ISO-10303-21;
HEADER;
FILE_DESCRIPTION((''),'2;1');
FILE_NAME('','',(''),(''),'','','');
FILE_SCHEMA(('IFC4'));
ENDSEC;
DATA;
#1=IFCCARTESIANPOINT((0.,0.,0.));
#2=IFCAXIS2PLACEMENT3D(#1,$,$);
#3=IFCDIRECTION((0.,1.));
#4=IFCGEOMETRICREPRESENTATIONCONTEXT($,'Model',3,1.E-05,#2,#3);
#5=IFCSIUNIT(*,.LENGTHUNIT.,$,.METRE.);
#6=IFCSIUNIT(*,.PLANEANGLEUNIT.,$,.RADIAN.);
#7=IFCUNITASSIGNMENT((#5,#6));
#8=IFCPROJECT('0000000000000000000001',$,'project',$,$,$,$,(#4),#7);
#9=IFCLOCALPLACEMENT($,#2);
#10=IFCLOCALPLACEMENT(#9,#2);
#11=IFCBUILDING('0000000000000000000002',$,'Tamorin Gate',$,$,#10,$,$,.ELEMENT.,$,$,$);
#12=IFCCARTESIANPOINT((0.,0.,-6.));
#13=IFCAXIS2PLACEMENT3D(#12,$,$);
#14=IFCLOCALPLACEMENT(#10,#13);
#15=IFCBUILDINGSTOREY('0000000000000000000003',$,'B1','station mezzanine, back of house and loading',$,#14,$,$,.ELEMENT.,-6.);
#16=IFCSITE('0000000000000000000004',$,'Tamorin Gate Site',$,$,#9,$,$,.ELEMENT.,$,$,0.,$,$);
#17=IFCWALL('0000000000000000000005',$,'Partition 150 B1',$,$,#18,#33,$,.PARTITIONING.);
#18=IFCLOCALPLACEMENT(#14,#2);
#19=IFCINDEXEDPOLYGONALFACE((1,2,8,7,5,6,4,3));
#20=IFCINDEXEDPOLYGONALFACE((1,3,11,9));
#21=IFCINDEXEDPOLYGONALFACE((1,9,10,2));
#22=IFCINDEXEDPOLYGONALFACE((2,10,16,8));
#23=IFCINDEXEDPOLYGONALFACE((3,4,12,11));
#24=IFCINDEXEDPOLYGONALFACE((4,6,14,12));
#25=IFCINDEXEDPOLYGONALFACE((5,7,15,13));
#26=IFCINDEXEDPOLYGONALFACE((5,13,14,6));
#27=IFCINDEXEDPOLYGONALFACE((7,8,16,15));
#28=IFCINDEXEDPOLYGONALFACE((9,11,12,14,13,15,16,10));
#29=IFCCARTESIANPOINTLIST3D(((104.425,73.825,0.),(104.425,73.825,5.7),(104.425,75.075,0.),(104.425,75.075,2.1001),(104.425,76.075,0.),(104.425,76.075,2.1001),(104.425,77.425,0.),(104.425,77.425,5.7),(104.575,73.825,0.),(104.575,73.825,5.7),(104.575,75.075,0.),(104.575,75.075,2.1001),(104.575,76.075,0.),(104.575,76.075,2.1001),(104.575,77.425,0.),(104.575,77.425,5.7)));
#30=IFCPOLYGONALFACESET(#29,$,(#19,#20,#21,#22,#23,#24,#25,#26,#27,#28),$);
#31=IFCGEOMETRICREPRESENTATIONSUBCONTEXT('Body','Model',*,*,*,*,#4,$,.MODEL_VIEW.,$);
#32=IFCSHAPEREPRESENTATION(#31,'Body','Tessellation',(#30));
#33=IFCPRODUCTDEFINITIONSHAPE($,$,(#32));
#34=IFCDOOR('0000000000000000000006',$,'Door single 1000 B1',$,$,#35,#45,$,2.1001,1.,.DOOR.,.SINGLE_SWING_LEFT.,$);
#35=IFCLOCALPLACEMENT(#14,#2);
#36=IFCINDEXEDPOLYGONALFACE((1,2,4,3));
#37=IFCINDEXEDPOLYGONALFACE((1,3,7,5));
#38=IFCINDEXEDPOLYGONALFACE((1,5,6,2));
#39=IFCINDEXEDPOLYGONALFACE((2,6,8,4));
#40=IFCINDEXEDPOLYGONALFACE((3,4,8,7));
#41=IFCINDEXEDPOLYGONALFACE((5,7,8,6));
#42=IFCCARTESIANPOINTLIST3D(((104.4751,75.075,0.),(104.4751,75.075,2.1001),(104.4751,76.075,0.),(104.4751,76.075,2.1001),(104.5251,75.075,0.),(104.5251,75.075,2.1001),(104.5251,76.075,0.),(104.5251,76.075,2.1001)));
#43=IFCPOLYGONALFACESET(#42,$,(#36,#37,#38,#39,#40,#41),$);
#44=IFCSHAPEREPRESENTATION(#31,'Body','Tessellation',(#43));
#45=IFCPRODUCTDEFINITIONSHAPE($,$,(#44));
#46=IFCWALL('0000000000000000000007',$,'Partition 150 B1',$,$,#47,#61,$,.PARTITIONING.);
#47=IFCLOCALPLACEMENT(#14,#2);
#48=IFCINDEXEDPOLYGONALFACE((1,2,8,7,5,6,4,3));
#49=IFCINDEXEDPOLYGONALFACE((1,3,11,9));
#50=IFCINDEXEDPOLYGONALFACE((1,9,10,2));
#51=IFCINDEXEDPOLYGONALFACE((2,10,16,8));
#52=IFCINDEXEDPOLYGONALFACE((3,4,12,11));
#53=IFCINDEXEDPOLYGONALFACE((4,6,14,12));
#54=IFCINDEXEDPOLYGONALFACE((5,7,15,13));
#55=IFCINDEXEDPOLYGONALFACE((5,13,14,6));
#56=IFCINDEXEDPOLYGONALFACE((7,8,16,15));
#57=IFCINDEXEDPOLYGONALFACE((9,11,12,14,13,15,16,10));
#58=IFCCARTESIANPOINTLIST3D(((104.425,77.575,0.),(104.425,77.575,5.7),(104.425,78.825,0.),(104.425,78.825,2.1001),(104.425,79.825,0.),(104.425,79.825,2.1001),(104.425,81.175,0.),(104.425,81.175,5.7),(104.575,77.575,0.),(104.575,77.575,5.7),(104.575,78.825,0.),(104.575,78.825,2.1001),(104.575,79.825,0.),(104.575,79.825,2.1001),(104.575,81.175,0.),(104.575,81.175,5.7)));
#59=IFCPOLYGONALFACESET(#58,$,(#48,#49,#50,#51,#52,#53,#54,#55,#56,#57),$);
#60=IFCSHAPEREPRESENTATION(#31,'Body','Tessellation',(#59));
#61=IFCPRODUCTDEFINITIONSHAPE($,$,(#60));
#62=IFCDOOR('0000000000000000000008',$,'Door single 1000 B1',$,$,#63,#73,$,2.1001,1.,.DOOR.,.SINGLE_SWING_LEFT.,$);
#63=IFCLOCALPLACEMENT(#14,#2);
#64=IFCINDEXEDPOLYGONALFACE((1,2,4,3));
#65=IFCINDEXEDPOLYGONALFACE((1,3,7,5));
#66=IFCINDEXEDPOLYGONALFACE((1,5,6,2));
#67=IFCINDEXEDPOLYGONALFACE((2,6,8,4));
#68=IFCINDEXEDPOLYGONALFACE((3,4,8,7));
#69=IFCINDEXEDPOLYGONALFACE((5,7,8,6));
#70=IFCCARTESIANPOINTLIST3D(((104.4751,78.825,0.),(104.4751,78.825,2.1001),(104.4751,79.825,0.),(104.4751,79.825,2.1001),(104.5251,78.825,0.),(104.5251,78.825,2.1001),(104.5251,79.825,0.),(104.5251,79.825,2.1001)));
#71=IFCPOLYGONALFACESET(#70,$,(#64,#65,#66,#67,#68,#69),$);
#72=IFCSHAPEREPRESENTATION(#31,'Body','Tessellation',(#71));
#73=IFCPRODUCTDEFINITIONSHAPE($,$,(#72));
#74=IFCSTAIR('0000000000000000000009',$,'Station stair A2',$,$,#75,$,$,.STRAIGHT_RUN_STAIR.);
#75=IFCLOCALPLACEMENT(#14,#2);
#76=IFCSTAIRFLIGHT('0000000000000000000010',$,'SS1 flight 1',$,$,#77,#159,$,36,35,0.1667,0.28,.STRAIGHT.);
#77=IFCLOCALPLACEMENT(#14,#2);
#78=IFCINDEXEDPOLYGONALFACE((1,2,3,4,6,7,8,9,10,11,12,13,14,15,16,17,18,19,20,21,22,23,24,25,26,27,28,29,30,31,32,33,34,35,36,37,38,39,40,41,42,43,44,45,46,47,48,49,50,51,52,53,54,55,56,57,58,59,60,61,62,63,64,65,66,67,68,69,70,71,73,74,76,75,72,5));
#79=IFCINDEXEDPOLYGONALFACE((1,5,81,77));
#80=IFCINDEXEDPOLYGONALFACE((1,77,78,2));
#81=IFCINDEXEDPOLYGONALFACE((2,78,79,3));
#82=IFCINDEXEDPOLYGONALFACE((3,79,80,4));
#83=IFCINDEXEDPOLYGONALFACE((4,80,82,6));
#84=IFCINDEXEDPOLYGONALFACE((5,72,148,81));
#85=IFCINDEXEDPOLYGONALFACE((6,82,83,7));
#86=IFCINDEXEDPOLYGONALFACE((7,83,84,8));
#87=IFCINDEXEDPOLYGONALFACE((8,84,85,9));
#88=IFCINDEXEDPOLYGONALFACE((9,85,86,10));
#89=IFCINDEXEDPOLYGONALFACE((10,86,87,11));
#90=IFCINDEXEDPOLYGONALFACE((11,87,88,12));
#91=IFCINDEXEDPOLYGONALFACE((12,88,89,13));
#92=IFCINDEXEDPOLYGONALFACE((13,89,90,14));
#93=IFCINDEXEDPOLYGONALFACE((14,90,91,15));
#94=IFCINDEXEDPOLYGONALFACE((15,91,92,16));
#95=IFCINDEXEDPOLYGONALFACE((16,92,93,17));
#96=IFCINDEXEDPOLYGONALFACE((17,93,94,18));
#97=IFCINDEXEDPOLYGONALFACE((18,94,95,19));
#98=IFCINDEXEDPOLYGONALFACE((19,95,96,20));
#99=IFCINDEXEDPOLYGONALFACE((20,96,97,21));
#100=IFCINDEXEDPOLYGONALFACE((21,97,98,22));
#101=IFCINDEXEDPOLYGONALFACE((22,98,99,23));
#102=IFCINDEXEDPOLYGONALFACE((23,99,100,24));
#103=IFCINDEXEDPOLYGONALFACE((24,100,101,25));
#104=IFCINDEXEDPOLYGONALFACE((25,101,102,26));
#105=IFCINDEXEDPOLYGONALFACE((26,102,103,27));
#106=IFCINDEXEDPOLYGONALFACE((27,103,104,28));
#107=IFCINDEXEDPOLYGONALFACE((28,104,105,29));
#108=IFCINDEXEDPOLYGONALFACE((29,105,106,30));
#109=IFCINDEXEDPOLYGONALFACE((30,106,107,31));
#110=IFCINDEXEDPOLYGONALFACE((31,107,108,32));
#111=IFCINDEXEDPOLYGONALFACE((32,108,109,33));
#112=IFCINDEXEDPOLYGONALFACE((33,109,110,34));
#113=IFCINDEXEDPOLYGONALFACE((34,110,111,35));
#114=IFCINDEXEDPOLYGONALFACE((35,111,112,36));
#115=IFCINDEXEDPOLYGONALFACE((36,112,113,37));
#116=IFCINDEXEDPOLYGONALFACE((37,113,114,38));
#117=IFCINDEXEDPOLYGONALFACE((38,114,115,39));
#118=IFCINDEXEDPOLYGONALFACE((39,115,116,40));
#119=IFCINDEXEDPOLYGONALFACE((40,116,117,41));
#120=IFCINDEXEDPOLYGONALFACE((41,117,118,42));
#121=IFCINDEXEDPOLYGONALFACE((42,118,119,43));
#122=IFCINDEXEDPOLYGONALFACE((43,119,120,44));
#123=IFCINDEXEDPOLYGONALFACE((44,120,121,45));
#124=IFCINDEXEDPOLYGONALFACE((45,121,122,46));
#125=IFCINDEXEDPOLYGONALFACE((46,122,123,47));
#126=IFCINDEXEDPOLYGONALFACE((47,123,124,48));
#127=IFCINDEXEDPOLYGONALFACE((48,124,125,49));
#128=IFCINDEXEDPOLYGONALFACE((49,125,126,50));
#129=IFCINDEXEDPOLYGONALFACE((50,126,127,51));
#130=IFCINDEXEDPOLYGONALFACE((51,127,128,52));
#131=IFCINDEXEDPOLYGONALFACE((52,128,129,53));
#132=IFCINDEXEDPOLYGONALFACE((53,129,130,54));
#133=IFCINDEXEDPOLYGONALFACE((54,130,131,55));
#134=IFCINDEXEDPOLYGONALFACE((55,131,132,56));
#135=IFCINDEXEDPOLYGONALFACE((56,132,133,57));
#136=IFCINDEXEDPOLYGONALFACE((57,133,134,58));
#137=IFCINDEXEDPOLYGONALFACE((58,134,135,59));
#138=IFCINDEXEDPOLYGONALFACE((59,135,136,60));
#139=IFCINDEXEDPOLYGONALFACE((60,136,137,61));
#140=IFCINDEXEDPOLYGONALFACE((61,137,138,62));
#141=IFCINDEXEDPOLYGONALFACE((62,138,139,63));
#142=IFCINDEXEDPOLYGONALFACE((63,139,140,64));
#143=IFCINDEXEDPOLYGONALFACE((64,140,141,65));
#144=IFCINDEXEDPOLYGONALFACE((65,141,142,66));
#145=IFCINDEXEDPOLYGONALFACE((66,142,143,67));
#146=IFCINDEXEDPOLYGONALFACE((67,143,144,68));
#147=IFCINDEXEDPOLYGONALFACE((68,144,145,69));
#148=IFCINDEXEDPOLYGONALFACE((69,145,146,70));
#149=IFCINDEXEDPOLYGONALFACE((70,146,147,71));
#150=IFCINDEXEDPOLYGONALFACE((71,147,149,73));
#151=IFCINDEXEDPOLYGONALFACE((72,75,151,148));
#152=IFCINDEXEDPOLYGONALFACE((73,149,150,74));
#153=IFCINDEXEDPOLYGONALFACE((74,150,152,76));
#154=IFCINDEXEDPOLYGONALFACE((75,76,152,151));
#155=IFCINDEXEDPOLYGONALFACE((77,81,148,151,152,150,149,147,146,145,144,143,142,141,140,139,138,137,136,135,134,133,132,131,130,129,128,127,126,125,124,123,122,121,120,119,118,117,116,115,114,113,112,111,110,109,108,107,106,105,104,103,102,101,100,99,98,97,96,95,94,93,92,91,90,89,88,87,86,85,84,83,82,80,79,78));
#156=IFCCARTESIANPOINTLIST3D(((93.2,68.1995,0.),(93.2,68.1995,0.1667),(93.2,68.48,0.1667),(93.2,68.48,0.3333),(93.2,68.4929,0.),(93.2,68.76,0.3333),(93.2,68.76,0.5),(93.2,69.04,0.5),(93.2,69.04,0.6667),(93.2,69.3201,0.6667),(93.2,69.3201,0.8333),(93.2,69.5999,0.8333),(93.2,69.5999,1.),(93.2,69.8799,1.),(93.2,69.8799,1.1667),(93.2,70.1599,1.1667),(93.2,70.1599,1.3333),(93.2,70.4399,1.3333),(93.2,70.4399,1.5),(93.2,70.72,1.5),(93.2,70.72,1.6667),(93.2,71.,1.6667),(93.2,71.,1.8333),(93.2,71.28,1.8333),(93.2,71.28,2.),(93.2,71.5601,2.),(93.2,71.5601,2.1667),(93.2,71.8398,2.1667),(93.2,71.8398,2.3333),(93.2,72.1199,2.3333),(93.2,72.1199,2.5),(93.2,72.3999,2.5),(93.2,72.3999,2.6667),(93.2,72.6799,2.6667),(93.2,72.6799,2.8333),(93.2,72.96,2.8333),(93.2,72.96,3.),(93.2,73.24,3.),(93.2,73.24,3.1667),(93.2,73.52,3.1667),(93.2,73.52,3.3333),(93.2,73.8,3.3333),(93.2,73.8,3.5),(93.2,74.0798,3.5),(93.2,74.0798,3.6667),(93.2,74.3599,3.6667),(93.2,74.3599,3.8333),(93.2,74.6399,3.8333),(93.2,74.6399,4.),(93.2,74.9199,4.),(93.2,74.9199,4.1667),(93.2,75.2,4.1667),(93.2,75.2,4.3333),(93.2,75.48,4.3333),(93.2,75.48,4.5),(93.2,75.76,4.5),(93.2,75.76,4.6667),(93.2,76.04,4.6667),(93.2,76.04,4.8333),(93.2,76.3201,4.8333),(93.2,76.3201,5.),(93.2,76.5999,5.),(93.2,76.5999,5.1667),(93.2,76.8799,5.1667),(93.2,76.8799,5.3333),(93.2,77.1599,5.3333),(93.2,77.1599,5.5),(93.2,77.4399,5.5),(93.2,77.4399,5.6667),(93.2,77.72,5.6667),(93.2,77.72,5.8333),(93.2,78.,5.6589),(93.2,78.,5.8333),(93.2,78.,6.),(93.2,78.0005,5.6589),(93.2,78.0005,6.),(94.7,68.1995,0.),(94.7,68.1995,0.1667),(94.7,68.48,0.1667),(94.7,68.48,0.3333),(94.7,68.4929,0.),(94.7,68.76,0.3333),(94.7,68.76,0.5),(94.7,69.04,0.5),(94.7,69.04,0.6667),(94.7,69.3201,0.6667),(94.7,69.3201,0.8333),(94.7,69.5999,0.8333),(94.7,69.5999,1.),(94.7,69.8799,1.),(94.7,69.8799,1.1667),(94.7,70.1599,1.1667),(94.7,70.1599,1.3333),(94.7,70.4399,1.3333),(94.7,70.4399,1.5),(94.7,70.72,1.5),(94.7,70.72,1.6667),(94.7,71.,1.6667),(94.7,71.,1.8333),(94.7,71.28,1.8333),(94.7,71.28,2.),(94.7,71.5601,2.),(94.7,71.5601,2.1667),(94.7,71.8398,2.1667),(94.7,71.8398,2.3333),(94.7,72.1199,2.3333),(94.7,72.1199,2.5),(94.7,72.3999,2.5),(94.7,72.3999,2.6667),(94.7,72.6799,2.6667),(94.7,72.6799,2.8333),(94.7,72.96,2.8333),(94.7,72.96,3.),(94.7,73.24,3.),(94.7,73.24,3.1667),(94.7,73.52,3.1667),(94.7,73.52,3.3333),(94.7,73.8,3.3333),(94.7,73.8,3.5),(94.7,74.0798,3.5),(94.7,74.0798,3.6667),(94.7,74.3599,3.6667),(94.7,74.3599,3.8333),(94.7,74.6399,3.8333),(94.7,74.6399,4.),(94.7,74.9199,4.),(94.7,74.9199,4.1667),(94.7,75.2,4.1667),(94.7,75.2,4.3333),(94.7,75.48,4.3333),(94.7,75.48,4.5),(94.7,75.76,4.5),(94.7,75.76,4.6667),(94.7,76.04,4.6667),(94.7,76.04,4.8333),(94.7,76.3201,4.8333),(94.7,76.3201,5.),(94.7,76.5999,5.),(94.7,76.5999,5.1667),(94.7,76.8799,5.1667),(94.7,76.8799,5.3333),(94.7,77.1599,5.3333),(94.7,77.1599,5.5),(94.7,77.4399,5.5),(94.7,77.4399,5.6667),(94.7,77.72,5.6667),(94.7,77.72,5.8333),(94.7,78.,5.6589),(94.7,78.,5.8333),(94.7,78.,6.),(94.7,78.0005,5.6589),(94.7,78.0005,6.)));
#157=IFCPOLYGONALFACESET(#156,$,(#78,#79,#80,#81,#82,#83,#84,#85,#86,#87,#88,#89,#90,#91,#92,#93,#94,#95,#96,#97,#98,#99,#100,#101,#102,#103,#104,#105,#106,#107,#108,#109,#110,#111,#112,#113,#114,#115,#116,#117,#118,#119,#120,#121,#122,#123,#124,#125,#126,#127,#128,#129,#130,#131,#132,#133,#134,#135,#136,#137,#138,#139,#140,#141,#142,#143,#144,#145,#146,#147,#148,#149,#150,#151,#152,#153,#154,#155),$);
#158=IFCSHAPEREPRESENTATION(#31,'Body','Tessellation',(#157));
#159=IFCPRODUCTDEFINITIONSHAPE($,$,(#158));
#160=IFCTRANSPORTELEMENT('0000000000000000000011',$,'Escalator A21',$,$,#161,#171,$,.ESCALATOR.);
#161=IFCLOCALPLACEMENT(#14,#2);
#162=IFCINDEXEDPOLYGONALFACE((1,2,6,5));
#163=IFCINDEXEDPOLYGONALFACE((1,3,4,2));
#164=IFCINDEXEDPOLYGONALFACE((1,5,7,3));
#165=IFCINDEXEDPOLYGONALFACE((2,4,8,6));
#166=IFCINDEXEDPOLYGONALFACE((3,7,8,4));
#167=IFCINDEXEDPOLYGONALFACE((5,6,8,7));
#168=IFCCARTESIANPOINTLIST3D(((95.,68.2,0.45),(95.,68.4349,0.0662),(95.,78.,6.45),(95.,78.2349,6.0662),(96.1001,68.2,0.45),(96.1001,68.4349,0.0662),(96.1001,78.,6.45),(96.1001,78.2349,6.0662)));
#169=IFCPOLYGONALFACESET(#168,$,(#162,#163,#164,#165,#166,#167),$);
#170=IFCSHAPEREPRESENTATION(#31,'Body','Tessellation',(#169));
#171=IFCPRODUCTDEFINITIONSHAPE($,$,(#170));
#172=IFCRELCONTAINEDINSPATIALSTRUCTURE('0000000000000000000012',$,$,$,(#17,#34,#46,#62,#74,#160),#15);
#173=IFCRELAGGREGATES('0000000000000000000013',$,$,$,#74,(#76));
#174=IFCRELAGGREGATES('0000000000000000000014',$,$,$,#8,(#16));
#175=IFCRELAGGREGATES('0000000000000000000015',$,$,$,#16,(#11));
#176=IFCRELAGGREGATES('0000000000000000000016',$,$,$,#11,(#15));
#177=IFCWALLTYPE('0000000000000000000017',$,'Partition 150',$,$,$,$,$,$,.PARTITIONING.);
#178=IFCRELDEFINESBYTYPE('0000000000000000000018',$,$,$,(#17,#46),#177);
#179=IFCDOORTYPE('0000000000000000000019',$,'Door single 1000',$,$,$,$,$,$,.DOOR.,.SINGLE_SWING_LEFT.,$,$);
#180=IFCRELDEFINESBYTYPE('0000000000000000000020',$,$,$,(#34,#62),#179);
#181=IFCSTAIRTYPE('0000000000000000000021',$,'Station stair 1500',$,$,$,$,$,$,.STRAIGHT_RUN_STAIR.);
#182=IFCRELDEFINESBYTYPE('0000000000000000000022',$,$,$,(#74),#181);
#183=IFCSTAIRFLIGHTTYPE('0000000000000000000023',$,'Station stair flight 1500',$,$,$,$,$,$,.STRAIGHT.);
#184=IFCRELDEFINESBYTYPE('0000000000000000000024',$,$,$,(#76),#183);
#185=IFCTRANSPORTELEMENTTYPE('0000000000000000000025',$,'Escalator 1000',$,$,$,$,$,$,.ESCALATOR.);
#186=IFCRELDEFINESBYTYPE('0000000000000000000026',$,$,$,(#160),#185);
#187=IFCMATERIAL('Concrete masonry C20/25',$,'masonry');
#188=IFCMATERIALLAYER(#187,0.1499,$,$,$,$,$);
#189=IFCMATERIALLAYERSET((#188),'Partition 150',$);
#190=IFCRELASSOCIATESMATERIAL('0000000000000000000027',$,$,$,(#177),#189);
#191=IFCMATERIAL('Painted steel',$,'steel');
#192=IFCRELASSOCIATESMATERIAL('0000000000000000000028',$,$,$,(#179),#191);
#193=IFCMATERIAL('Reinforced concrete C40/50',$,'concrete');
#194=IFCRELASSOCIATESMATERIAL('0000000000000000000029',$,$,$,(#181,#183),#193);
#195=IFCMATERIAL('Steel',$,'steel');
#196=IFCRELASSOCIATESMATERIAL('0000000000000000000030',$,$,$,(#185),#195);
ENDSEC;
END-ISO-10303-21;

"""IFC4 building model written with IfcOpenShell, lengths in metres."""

from ifc_helpers import new_model, si_unit, direction, frame, frame_2d, origin, place, context, subcontext, project, spatial, polyline, rectangle, outline, extrude, material, layer, layer_set, type_object, element, fill, aggregate, save


model = new_model("IFC4")

# Units and contexts
model_context = context("Model", 3, precision=1e-05, world=origin(), true_north=direction((0.0, 1.0)))
body_context = subcontext(model_context, "Body", "Model", "MODEL_VIEW")
ifc_project = project(units=[si_unit("LENGTHUNIT", "METRE"), si_unit("PLANEANGLEUNIT", "RADIAN")], contexts=[model_context])

# Site, building, storey
site_placement = place(None, origin())
site = spatial("IfcSite", under=ifc_project, at=site_placement, Name="Tamorin Gate Site", CompositionType="ELEMENT", RefElevation=0.0)
building_placement = place(site_placement, origin())
building = spatial("IfcBuilding", under=site, at=building_placement, Name="Tamorin Gate", CompositionType="ELEMENT")
storey_placement = place(building_placement, frame((0.0, 0.0, -6.0)))
storey = spatial("IfcBuildingStorey", under=building, at=storey_placement, Name="B1", Description="station mezzanine, back of house and loading", CompositionType="ELEMENT", Elevation=-6.0)

# Shared definitions
ifc_material_1 = material(Name="Concrete masonry C20/25", Category="masonry")
ifc_layer = layer(ifc_material_1, 0.1499)
ifc_layer_set = layer_set([ifc_layer], Name="Partition 150")
wall_type = type_object("IfcWallType", Name="Partition 150", PredefinedType="PARTITIONING", material=ifc_layer_set)

# Walls, openings, doors
ifc_material_2 = material(Name="Painted steel", Category="steel")
door_type = type_object("IfcDoorType", Name="Door single 1000", OperationType="SINGLE_SWING_LEFT", PredefinedType="DOOR", material=ifc_material_2)
wall_1_placement = place(storey_placement, frame((104.5, 73.825, 0.0), z_axis=(0.0, 0.0, 1.0), x_axis=(0.0, 1.0, 0.0)))
wall_1 = element("IfcWall", 1, at=wall_1_placement, inside=storey, type_object=wall_type, Name="Partition 150 B1", PredefinedType="PARTITIONING", context=body_context, shape_type="SweptSolid", body=[
    extrude(rectangle(XDim=3.6001, YDim=0.1499, at=frame_2d((1.8, 0.0))), origin(), (0.0, 0.0, 1.0), 5.7),
])
opening_1_placement = place(wall_1_placement, frame((1.25, 0.0, 0.0)))
opening_1 = element("IfcOpeningElement", 2, at=opening_1_placement, cuts=wall_1, PredefinedType="OPENING", context=body_context, shape_type="SweptSolid", body=[
    extrude(rectangle(XDim=1.0, YDim=2.1001, at=frame_2d((0.5, 1.05))), frame((0.0, 0.085, 0.0), z_axis=(0.0, -1.0, 0.0), x_axis=(1.0, 0.0, 0.0)), (0.0, 0.0, 1.0), 0.1699),
])
door_1_placement = place(opening_1_placement, origin())
door_1 = element("IfcDoor", 3, at=door_1_placement, inside=storey, type_object=door_type, Name="Door single 1000 B1", OperationType="SINGLE_SWING_LEFT", OverallHeight=2.1001, OverallWidth=1.0, PredefinedType="DOOR", context=body_context, shape_type="SweptSolid", body=[
    extrude(rectangle(XDim=1.0, YDim=2.1001, at=frame_2d((0.5, 1.05))), frame((0.0, 0.0249, 0.0), z_axis=(0.0, -1.0, 0.0), x_axis=(1.0, 0.0, 0.0)), (0.0, 0.0, 1.0), 0.05),
])
fill(opening_1, door_1)
wall_2_placement = place(storey_placement, frame((104.5, 77.575, 0.0), z_axis=(0.0, 0.0, 1.0), x_axis=(0.0, 1.0, 0.0)))
wall_2 = element("IfcWall", 4, at=wall_2_placement, inside=storey, type_object=wall_type, Name="Partition 150 B1", PredefinedType="PARTITIONING", context=body_context, shape_type="SweptSolid", body=[
    extrude(rectangle(XDim=3.6001, YDim=0.1499, at=frame_2d((1.8, 0.0))), origin(), (0.0, 0.0, 1.0), 5.7),
])
opening_2_placement = place(wall_2_placement, frame((1.25, 0.0, 0.0)))
opening_2 = element("IfcOpeningElement", 5, at=opening_2_placement, cuts=wall_2, PredefinedType="OPENING", context=body_context, shape_type="SweptSolid", body=[
    extrude(rectangle(XDim=1.0, YDim=2.1001, at=frame_2d((0.5, 1.05))), frame((0.0, 0.085, 0.0), z_axis=(0.0, -1.0, 0.0), x_axis=(1.0, 0.0, 0.0)), (0.0, 0.0, 1.0), 0.1699),
])
door_2_placement = place(opening_2_placement, origin())
door_2 = element("IfcDoor", 6, at=door_2_placement, inside=storey, type_object=door_type, Name="Door single 1000 B1", OperationType="SINGLE_SWING_LEFT", OverallHeight=2.1001, OverallWidth=1.0, PredefinedType="DOOR", context=body_context, shape_type="SweptSolid", body=[
    extrude(rectangle(XDim=1.0, YDim=2.1001, at=frame_2d((0.5, 1.05))), frame((0.0, 0.0249, 0.0), z_axis=(0.0, -1.0, 0.0), x_axis=(1.0, 0.0, 0.0)), (0.0, 0.0, 1.0), 0.05),
])
fill(opening_2, door_2)

# Stair, stair flight
ifc_material_3 = material(Name="Reinforced concrete C40/50", Category="concrete")
stair_type = type_object("IfcStairType", Name="Station stair 1500", PredefinedType="STRAIGHT_RUN_STAIR", material=ifc_material_3)
stair_placement = place(storey_placement, origin())
stair = element("IfcStair", 7, at=stair_placement, inside=storey, type_object=stair_type, Name="Station stair A2", PredefinedType="STRAIGHT_RUN_STAIR")
stair_flight_type = type_object("IfcStairFlightType", Name="Station stair flight 1500", PredefinedType="STRAIGHT", material=ifc_material_3)
stair_flight_placement = place(storey_placement, frame((93.95, 68.2, 0.0), z_axis=(0.0, 0.0, 1.0), x_axis=(0.0, 1.0, 0.0)))
stair_flight = element("IfcStairFlight", 8, at=stair_flight_placement, type_object=stair_flight_type, Name="SS1 flight 1", NumberOfRisers=36, NumberOfTreads=35, PredefinedType="STRAIGHT", RiserHeight=0.1667, TreadLength=0.28, context=body_context, shape_type="SweptSolid", body=[
    extrude(outline(polyline([(-0.0005, 0.0), (-0.0005, 0.1667), (0.28, 0.1667), (0.28, 0.3333), (0.5601, 0.3333), (0.5601, 0.5), (0.8401, 0.5), (0.8401, 0.6667), (1.1201, 0.6667), (1.1201, 0.8333), (1.3999, 0.8333), (1.3999, 1.0), (1.6799, 1.0), (1.6799, 1.1667), (1.96, 1.1667), (1.96, 1.3333), (2.24, 1.3333), (2.24, 1.5), (2.52, 1.5), (2.52, 1.6667), (2.8, 1.6667), (2.8, 1.8333), (3.0801, 1.8333), (3.0801, 2.0), (3.3601, 2.0), (3.3601, 2.1667), (3.6399, 2.1667), (3.6399, 2.3333), (3.9199, 2.3333), (3.9199, 2.5), (4.2, 2.5), (4.2, 2.6667), (4.48, 2.6667), (4.48, 2.8333), (4.76, 2.8333), (4.76, 3.0), (5.04, 3.0), (5.04, 3.1667), (5.3201, 3.1667), (5.3201, 3.3333), (5.6001, 3.3333), (5.6001, 3.5), (5.8799, 3.5), (5.8799, 3.6667), (6.1599, 3.6667), (6.1599, 3.8333), (6.4399, 3.8333), (6.4399, 4.0), (6.72, 4.0), (6.72, 4.1667), (7.0, 4.1667), (7.0, 4.3333), (7.28, 4.3333), (7.28, 4.5), (7.5601, 4.5), (7.5601, 4.6667), (7.8401, 4.6667), (7.8401, 4.8333), (8.1201, 4.8333), (8.1201, 5.0), (8.3999, 5.0), (8.3999, 5.1667), (8.6799, 5.1667), (8.6799, 5.3333), (8.96, 5.3333), (8.96, 5.5), (9.24, 5.5), (9.24, 5.6667), (9.52, 5.6667), (9.52, 5.8333), (9.8, 5.8333), (9.8, 6.0), (9.8005, 6.0), (9.8005, 5.6589), (9.8, 5.6589), (0.293, 0.0), (-0.0005, 0.0)])), frame((0.0, 0.75, 0.0), z_axis=(0.0, -1.0, 0.0), x_axis=(1.0, 0.0, 0.0)), (0.0, 0.0, 1.0), 1.5),
])
aggregate(stair, [stair_flight])

# Shared definitions
ifc_material_4 = material(Name="Steel", Category="steel")

# Transport element
transport_element_type = type_object("IfcTransportElementType", Name="Escalator 1000", PredefinedType="ESCALATOR", material=ifc_material_4)
transport_element_1_placement = place(storey_placement, frame((95.0, 68.2, 0.45), z_axis=(0.0, -0.522152, 0.852852), x_axis=(1.0, 0.0, 0.0)))
element("IfcTransportElement", 9, at=transport_element_1_placement, inside=storey, type_object=transport_element_type, Name="Escalator A21", PredefinedType="ESCALATOR", context=body_context, shape_type="SweptSolid", body=[
    extrude(outline(polyline([(0.0, 0.0), (1.1001, 0.0), (1.1001, 11.4909), (0.0, 11.4909), (0.0, 0.0)])), origin(), (0.0, 0.0, -1.0), 0.45),
])

save(model, "model.ifc")
